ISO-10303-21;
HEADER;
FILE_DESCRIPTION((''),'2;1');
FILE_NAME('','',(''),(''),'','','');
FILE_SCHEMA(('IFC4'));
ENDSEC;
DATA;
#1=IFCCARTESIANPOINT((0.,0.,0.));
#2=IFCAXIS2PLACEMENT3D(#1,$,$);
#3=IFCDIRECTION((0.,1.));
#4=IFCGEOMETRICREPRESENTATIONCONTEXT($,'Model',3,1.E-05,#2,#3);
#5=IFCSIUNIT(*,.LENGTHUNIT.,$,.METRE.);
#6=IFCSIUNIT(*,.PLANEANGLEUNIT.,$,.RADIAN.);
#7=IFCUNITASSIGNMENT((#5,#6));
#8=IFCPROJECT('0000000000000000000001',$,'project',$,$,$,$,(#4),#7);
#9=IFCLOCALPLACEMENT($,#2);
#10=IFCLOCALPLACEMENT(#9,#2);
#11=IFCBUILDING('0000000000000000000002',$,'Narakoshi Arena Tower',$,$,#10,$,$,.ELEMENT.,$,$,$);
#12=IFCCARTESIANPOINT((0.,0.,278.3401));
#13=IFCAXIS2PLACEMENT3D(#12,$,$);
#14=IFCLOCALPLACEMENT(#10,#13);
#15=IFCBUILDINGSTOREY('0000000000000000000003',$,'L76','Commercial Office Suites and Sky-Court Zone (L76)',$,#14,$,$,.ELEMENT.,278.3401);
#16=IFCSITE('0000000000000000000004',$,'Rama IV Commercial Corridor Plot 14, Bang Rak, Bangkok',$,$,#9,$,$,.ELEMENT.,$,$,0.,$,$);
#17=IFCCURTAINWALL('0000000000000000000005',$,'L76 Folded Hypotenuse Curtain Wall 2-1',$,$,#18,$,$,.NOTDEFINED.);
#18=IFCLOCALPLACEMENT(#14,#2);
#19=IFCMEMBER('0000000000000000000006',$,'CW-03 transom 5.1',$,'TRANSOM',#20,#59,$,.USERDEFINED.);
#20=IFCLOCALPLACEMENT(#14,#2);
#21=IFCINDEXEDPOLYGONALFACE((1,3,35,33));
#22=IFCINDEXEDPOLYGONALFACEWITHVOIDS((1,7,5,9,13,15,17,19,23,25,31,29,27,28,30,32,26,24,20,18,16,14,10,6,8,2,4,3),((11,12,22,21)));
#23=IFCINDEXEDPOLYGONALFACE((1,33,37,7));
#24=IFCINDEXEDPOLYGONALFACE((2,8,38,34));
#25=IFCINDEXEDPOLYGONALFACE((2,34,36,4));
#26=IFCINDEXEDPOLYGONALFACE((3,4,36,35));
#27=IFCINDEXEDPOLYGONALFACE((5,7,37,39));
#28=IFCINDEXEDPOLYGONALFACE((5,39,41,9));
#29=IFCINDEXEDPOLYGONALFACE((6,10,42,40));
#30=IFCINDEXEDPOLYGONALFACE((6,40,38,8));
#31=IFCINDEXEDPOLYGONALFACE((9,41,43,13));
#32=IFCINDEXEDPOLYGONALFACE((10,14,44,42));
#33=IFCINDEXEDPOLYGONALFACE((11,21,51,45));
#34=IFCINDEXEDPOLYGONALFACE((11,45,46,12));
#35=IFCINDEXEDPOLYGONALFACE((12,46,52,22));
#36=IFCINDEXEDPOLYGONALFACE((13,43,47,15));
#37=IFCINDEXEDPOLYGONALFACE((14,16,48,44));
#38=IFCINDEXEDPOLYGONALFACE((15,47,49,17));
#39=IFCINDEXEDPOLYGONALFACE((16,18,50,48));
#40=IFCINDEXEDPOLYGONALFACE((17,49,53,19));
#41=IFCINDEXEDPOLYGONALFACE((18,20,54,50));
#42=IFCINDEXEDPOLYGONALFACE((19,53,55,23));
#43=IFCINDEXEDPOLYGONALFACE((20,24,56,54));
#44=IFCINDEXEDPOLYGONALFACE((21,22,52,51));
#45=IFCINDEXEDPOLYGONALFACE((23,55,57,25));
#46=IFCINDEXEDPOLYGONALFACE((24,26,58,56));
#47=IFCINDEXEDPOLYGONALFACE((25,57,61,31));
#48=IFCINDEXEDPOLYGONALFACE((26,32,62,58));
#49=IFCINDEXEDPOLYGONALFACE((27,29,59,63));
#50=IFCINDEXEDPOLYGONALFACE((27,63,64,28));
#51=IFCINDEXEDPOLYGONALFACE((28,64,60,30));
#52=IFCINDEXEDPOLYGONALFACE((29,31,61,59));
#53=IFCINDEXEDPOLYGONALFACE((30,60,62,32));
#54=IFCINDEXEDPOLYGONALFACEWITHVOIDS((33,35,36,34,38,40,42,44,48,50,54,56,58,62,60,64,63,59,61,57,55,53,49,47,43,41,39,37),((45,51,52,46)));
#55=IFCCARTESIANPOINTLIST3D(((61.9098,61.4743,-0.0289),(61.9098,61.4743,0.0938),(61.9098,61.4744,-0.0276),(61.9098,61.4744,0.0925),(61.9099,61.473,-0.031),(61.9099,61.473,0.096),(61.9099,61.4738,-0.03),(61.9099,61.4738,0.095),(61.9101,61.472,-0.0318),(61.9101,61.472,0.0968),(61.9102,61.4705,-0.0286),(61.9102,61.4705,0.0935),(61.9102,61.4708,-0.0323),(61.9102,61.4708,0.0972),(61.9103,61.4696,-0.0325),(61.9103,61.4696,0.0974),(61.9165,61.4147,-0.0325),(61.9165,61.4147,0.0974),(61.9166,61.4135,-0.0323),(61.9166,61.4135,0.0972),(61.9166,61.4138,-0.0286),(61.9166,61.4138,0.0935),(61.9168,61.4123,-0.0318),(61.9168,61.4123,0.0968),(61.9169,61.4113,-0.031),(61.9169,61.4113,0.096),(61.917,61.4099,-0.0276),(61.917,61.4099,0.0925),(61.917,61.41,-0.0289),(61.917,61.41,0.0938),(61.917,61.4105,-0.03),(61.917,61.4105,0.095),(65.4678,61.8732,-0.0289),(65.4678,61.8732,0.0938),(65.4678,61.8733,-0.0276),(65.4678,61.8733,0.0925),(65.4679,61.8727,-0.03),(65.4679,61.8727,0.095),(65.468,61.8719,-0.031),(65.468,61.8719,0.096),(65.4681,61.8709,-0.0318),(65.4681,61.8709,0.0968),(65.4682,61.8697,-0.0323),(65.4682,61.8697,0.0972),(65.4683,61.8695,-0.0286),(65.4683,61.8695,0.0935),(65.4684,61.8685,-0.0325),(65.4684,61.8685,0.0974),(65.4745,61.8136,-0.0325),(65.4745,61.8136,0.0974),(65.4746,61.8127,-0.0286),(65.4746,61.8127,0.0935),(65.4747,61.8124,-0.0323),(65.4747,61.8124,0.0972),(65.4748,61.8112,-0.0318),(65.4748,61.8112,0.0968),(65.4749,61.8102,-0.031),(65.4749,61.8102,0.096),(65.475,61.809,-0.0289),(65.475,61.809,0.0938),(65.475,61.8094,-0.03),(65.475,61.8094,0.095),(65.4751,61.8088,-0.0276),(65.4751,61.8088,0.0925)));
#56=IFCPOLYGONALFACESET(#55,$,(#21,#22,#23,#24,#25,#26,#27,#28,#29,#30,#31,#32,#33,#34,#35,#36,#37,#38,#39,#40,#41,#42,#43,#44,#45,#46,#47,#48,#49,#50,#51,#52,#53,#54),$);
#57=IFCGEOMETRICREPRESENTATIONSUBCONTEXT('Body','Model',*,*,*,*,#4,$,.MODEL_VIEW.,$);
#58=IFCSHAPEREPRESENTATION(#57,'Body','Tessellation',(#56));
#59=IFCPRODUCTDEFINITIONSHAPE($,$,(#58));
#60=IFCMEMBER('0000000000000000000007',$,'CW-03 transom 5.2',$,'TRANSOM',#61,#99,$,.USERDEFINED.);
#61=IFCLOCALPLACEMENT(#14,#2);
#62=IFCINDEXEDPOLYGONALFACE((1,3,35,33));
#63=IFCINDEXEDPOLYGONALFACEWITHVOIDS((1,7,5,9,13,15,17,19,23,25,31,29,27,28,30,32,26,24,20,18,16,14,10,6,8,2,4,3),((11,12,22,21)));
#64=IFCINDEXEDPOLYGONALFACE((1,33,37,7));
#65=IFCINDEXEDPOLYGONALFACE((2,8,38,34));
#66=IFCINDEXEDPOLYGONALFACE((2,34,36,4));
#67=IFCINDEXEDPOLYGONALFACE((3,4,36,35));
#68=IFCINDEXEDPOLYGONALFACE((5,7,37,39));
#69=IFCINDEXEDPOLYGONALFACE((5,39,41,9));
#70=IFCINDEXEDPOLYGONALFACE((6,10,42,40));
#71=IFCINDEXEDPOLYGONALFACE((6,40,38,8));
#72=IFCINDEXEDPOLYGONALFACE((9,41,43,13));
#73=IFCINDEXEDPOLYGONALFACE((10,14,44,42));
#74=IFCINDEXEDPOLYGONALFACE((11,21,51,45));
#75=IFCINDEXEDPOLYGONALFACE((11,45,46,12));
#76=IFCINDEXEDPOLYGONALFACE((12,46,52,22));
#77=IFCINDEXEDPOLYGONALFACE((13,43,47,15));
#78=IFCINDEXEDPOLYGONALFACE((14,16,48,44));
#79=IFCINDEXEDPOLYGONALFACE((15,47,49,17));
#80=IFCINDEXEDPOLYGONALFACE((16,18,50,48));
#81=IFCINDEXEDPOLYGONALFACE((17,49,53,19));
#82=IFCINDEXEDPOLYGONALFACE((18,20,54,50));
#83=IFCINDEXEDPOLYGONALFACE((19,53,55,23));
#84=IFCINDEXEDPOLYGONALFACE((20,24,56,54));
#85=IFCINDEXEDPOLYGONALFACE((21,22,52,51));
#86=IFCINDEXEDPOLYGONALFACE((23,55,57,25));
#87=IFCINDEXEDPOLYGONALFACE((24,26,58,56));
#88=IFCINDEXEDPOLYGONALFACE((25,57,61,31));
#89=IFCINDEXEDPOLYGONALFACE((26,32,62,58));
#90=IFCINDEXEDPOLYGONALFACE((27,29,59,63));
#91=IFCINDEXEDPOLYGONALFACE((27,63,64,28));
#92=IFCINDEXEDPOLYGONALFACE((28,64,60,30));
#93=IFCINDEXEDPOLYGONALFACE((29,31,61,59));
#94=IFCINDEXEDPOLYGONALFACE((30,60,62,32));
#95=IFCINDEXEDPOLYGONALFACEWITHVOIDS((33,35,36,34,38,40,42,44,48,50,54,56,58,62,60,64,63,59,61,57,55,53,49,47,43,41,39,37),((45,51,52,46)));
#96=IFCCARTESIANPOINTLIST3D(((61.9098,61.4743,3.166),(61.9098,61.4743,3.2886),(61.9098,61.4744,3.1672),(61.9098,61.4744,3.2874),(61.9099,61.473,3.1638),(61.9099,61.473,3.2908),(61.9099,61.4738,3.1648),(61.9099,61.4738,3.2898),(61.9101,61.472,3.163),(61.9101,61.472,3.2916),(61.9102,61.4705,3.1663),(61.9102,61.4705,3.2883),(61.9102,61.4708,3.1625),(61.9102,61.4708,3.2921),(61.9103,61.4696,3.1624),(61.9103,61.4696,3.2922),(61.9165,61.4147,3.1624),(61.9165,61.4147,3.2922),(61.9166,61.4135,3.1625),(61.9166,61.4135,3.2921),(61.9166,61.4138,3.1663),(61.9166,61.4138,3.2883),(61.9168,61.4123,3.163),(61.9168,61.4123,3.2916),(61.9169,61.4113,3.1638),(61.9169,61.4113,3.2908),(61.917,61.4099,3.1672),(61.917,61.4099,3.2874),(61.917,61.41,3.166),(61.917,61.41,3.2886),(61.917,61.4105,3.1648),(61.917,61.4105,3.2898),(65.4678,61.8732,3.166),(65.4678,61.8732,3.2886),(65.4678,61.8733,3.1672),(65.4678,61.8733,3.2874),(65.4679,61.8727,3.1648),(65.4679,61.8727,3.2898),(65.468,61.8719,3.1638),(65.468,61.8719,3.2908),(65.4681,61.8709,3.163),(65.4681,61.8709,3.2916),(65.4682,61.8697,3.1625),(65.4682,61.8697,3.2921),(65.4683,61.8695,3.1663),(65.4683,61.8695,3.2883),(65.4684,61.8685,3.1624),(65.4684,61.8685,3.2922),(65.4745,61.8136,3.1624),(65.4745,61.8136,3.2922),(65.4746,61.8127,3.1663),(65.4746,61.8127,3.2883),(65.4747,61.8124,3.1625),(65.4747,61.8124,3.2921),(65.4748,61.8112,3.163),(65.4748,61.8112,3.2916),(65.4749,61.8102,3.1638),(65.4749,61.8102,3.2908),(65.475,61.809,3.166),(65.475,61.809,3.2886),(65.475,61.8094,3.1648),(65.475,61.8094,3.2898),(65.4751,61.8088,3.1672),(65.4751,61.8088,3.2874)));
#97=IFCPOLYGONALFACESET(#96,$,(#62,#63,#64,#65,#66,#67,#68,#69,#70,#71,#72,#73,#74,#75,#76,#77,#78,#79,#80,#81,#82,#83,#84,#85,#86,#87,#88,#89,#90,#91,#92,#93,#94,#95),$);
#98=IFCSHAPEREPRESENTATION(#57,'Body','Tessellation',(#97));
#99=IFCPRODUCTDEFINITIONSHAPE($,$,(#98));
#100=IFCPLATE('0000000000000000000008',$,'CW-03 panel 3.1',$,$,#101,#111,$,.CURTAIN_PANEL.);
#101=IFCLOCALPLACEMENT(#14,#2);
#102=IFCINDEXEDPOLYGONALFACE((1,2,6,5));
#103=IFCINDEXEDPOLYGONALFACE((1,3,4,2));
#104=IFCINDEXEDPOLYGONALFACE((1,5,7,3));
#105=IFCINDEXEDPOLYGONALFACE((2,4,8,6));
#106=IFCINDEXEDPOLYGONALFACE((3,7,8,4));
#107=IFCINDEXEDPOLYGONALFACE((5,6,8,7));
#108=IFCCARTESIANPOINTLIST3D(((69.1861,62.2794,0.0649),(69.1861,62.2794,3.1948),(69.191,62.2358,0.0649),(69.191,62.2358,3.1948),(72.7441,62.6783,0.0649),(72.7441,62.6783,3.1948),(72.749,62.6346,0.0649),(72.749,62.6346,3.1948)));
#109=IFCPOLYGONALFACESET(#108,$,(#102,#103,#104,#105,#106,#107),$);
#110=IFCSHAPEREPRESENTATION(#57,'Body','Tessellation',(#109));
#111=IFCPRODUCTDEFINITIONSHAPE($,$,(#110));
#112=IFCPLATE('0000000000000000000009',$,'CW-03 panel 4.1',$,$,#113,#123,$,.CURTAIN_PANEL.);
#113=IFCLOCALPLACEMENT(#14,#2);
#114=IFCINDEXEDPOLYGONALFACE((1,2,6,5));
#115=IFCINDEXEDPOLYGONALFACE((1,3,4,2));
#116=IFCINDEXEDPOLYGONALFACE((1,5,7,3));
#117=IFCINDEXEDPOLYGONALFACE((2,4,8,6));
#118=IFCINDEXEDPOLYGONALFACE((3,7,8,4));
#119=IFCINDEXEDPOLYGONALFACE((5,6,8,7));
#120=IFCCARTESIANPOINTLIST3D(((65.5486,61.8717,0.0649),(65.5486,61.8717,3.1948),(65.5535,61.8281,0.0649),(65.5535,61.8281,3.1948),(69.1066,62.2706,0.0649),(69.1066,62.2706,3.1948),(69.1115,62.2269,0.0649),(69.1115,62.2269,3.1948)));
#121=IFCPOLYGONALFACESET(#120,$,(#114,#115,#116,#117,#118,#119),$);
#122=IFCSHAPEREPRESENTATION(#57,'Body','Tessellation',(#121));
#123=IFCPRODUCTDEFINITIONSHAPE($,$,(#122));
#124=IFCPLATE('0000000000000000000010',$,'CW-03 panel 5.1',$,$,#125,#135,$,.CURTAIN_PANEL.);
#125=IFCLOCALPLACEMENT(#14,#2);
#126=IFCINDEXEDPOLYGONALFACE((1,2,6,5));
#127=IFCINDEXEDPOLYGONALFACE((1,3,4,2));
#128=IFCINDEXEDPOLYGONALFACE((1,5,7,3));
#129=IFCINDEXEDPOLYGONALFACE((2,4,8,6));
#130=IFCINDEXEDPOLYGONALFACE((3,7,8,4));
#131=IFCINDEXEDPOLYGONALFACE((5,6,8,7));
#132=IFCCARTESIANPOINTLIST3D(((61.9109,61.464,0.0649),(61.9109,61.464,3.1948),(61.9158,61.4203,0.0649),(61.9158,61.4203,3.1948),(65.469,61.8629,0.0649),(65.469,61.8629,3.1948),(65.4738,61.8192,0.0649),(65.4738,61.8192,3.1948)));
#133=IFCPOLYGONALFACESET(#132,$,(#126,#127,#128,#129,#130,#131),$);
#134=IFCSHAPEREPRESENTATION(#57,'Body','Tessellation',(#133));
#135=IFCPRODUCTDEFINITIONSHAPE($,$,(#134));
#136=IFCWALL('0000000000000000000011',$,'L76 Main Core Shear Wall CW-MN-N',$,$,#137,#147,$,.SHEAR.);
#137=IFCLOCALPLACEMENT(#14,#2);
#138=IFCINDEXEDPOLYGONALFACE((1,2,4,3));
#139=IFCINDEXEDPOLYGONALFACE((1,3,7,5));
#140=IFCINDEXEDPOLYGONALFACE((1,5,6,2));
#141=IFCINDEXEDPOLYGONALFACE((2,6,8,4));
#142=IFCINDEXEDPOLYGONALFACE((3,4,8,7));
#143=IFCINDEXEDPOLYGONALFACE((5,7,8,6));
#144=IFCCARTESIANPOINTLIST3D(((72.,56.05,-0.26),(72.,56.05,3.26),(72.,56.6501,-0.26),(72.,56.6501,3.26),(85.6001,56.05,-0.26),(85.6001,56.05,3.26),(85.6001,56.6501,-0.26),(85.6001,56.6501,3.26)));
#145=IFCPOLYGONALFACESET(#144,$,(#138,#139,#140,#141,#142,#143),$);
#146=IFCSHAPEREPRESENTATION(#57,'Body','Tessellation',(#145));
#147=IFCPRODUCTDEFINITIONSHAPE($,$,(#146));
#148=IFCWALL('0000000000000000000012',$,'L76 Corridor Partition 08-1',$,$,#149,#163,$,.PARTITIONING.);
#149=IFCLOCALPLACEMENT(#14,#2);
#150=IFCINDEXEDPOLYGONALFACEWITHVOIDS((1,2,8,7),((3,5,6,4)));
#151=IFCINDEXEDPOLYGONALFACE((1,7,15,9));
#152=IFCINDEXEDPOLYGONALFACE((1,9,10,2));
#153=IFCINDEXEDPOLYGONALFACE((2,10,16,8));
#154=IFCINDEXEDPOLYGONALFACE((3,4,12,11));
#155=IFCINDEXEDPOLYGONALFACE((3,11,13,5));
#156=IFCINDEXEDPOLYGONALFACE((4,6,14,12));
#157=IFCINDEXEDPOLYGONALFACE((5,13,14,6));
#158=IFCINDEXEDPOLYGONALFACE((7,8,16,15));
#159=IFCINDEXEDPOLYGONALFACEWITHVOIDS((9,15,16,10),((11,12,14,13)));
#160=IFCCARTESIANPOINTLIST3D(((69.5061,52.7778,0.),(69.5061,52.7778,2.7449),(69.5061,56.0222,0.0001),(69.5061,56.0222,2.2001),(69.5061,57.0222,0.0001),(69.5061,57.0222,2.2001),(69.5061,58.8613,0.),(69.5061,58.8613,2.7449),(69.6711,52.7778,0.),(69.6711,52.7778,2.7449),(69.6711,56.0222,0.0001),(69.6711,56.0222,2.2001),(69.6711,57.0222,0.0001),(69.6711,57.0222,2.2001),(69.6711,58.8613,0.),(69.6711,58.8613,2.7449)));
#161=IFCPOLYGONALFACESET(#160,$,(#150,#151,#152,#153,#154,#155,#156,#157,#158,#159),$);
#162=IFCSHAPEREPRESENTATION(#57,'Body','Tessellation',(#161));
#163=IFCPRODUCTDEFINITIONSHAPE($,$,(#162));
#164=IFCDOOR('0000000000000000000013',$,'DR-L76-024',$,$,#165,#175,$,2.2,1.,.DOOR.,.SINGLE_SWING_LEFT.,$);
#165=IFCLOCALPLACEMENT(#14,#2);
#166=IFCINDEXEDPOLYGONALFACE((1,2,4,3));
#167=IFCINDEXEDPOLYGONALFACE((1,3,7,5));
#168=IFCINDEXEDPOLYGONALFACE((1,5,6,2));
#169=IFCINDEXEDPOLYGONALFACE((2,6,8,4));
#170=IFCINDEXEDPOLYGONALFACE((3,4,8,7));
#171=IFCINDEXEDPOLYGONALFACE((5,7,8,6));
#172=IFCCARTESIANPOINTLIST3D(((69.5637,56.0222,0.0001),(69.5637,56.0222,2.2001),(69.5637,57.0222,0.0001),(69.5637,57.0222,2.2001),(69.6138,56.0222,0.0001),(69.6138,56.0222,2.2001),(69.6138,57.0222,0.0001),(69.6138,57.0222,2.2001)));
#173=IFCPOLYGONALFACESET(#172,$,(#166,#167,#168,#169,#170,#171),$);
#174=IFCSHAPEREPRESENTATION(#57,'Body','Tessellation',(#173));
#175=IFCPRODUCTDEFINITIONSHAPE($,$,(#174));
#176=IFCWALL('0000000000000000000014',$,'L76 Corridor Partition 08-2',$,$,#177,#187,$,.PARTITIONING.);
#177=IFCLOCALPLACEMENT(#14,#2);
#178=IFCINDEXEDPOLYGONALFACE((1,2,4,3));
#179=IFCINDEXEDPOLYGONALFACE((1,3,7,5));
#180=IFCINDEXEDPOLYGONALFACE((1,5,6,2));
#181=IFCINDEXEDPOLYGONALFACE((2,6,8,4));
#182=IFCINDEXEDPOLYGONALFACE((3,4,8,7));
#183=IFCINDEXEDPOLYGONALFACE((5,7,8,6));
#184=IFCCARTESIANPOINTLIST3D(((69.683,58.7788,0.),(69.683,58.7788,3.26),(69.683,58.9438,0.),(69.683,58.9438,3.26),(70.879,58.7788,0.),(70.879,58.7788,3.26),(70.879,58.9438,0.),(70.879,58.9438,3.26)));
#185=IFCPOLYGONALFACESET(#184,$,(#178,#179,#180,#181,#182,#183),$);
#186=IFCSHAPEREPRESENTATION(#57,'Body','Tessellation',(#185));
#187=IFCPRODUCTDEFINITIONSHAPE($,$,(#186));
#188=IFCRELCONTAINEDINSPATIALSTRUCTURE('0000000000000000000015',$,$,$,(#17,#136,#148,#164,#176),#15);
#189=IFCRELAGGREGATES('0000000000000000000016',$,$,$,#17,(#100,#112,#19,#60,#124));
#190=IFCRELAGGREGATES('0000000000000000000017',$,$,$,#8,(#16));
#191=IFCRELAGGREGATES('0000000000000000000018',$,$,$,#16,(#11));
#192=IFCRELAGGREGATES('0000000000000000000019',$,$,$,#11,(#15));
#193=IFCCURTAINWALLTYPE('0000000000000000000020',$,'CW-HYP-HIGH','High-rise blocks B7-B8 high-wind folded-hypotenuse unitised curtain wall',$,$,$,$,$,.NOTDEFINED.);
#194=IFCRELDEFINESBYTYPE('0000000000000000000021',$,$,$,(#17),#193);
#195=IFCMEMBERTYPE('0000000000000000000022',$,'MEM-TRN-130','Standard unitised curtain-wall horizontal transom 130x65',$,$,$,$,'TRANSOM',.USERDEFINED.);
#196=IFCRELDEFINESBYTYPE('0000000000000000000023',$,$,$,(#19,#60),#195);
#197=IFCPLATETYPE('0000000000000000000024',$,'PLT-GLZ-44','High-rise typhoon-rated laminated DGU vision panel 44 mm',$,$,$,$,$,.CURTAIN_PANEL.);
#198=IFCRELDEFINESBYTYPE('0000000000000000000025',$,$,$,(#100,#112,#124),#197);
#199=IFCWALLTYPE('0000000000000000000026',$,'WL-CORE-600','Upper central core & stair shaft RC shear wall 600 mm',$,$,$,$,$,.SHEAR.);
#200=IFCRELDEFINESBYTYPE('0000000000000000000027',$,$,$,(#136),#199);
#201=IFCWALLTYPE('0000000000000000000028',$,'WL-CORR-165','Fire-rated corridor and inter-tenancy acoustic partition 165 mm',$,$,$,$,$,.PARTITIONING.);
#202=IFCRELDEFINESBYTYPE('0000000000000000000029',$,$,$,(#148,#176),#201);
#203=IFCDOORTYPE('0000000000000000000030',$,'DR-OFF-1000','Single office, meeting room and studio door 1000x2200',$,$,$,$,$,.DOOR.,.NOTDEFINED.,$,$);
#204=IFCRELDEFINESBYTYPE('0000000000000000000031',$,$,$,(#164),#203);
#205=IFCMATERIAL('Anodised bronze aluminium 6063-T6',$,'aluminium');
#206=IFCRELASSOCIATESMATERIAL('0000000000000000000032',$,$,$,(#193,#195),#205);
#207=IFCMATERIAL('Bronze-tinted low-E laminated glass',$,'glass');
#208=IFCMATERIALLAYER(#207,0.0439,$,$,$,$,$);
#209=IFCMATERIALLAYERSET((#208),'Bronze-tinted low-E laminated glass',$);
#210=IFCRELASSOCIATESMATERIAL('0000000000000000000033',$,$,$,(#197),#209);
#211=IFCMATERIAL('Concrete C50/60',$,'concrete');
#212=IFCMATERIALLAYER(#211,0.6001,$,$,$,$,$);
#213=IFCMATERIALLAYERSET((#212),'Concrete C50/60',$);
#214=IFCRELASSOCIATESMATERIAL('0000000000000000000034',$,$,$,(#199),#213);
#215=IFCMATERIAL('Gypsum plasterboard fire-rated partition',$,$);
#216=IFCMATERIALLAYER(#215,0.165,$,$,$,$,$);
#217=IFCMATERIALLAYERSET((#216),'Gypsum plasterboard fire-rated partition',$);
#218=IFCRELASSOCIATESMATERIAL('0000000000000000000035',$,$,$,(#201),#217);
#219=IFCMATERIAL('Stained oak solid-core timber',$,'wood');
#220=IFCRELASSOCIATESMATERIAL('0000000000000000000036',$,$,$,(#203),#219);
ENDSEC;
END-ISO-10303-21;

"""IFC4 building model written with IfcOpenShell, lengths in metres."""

from ifc_helpers import new_model, si_unit, direction, frame, frame_2d, origin, origin_2d, place, context, subcontext, project, spatial, rectangle, hollow_rectangle, extrude, material, layer, layer_set, material_profile, profile_set, type_object, element, fill, aggregate, save


model = new_model("IFC4")

# Units and contexts
model_context = context("Model", 3, precision=1e-05, world=origin(), true_north=direction((0.0, 1.0)))
body_context = subcontext(model_context, "Body", "Model", "MODEL_VIEW")
ifc_project = project(units=[si_unit("LENGTHUNIT", "METRE"), si_unit("PLANEANGLEUNIT", "RADIAN")], contexts=[model_context])

# Site, building, storey
site_placement = place(None, origin())
site = spatial("IfcSite", under=ifc_project, at=site_placement, Name="Rama IV Commercial Corridor Plot 14, Bang Rak, Bangkok", CompositionType="ELEMENT", RefElevation=0.0)
building_placement = place(site_placement, origin())
building = spatial("IfcBuilding", under=site, at=building_placement, Name="Narakoshi Arena Tower", CompositionType="ELEMENT")
storey_placement = place(building_placement, frame((0.0, 0.0, 278.3401)))
storey = spatial("IfcBuildingStorey", under=building, at=storey_placement, Name="L76", Description="Commercial Office Suites and Sky-Court Zone (L76)", CompositionType="ELEMENT", Elevation=278.3401)

# Shared definitions
ifc_material_1 = material(Name="Concrete C50/60", Category="concrete")

# Curtain wall, members, plates
ifc_material_2 = material(Name="Anodised bronze aluminium 6063-T6", Category="aluminium")
curtain_wall_type = type_object("IfcCurtainWallType", Name="CW-HYP-HIGH", Description="High-rise blocks B7-B8 high-wind folded-hypotenuse unitised curtain wall", PredefinedType="NOTDEFINED", material=ifc_material_2)
curtain_wall_placement = place(storey_placement, origin())
curtain_wall = element("IfcCurtainWall", 1, at=curtain_wall_placement, inside=storey, type_object=curtain_wall_type, Name="L76 Folded Hypotenuse Curtain Wall 2-1", PredefinedType="NOTDEFINED")
ifc_material_profile_1 = material_profile(ifc_material_2, hollow_rectangle(XDim=0.0649, YDim=0.1299, WallThickness=0.0039, OuterFilletRadius=0.0049, at=origin_2d()), Name="TRN130x65x4")
ifc_profile_set_1 = profile_set([ifc_material_profile_1], Name="Anodised bronze aluminium 6063-T6")
member_type_1 = type_object("IfcMemberType", Name="MEM-TRN-130", Description="Standard unitised curtain-wall horizontal transom 130x65", ElementType="TRANSOM", PredefinedType="USERDEFINED", material=ifc_profile_set_1)
member_1_placement = place(storey_placement, frame((65.4714, 61.8411, 0.0325), z_axis=(-0.993773, -0.111419, 0.0), x_axis=(0.111419, -0.993773, 0.0)))
member_1 = element("IfcMember", 2, at=member_1_placement, type_object=member_type_1, Name="CW-03 transom 5.1", ObjectType="TRANSOM", PredefinedType="USERDEFINED", context=body_context, shape_type="SweptSolid", body=[
    extrude(hollow_rectangle(XDim=0.0649, YDim=0.1299, WallThickness=0.0039, OuterFilletRadius=0.0049, at=origin_2d()), origin(), (0.0, 0.0, 1.0), 3.5803),
])
member_2_placement = place(storey_placement, frame((65.4714, 61.8411, 3.2273), z_axis=(-0.993773, -0.111419, 0.0), x_axis=(0.111419, -0.993773, 0.0)))
member_2 = element("IfcMember", 3, at=member_2_placement, type_object=member_type_1, Name="CW-03 transom 5.2", ObjectType="TRANSOM", PredefinedType="USERDEFINED", context=body_context, shape_type="SweptSolid", body=[
    extrude(hollow_rectangle(XDim=0.0649, YDim=0.1299, WallThickness=0.0039, OuterFilletRadius=0.0049, at=origin_2d()), origin(), (0.0, 0.0, 1.0), 3.5803),
])
ifc_material_3 = material(Name="Bronze-tinted low-E laminated glass", Category="glass")
ifc_layer_1 = layer(ifc_material_3, 0.0439)
ifc_layer_set_1 = layer_set([ifc_layer_1], Name="Bronze-tinted low-E laminated glass")
plate_type = type_object("IfcPlateType", Name="PLT-GLZ-44", Description="High-rise typhoon-rated laminated DGU vision panel 44 mm", PredefinedType="CURTAIN_PANEL", material=ifc_layer_set_1)
plate_1_placement = place(storey_placement, frame((70.9675, 62.457, 0.0649), z_axis=(0.0, 0.0, 1.0), x_axis=(-0.993776, -0.111396, 0.0)))
plate_1 = element("IfcPlate", 4, at=plate_1_placement, type_object=plate_type, Name="CW-03 panel 3.1", PredefinedType="CURTAIN_PANEL", context=body_context, shape_type="SweptSolid", body=[
    extrude(rectangle(XDim=3.5803, YDim=0.0439, at=origin_2d()), origin(), (0.0, 0.0, 1.0), 3.1299),
])
plate_2_placement = place(storey_placement, frame((67.3301, 62.0493, 0.0649), z_axis=(0.0, 0.0, 1.0), x_axis=(-0.993776, -0.111396, 0.0)))
plate_2 = element("IfcPlate", 5, at=plate_2_placement, type_object=plate_type, Name="CW-03 panel 4.1", PredefinedType="CURTAIN_PANEL", context=body_context, shape_type="SweptSolid", body=[
    extrude(rectangle(XDim=3.5803, YDim=0.0439, at=origin_2d()), origin(), (0.0, 0.0, 1.0), 3.1299),
])
plate_3_placement = place(storey_placement, frame((63.6924, 61.6416, 0.0649), z_axis=(0.0, 0.0, 1.0), x_axis=(-0.993776, -0.111396, 0.0)))
plate_3 = element("IfcPlate", 6, at=plate_3_placement, type_object=plate_type, Name="CW-03 panel 5.1", PredefinedType="CURTAIN_PANEL", context=body_context, shape_type="SweptSolid", body=[
    extrude(rectangle(XDim=3.5803, YDim=0.0439, at=origin_2d()), origin(), (0.0, 0.0, 1.0), 3.1299),
])
aggregate(curtain_wall, [plate_1, plate_2, member_1, member_2, plate_3])

# Wall
ifc_layer_2 = layer(ifc_material_1, 0.6001)
ifc_layer_set_2 = layer_set([ifc_layer_2], Name="Concrete C50/60")
wall_type_1 = type_object("IfcWallType", Name="WL-CORE-600", Description="Upper central core & stair shaft RC shear wall 600 mm", PredefinedType="SHEAR", material=ifc_layer_set_2)
wall_1_placement = place(storey_placement, frame((72.0, 56.3501, -0.26), z_axis=(0.0, 0.0, 1.0), x_axis=(1.0, 0.0, 0.0)))
element("IfcWall", 7, at=wall_1_placement, inside=storey, type_object=wall_type_1, Name="L76 Main Core Shear Wall CW-MN-N", PredefinedType="SHEAR", context=body_context, shape_type="SweptSolid", body=[
    extrude(rectangle(XDim=13.6001, YDim=0.6001, at=frame_2d((6.8, 0.0))), origin(), (0.0, 0.0, 1.0), 3.52),
])

# Wall, opening, door
ifc_material_4 = material(Name="Gypsum plasterboard fire-rated partition")
ifc_layer_3 = layer(ifc_material_4, 0.165)
ifc_layer_set_3 = layer_set([ifc_layer_3], Name="Gypsum plasterboard fire-rated partition")
wall_type_2 = type_object("IfcWallType", Name="WL-CORR-165", Description="Fire-rated corridor and inter-tenancy acoustic partition 165 mm", PredefinedType="PARTITIONING", material=ifc_layer_set_3)
wall_2_placement = place(storey_placement, frame((69.5886, 58.8613, 0.0), z_axis=(0.0, 0.0, 1.0), x_axis=(0.0, -1.0, 0.0)))
wall_2 = element("IfcWall", 8, at=wall_2_placement, inside=storey, type_object=wall_type_2, Name="L76 Corridor Partition 08-1", PredefinedType="PARTITIONING", context=body_context, shape_type="SweptSolid", body=[
    extrude(rectangle(XDim=6.0835, YDim=0.165, at=frame_2d((3.0417, 0.0))), origin(), (0.0, 0.0, 1.0), 2.7449),
])
opening_1_placement = place(wall_2_placement, frame((1.8391, 0.0, 0.0)))
opening_1 = element("IfcOpeningElement", 9, at=opening_1_placement, cuts=wall_2, PredefinedType="OPENING", context=body_context, shape_type="SweptSolid", body=[
    extrude(rectangle(XDim=1.0, YDim=2.2, at=frame_2d((0.5, 1.1001))), frame((0.0, 0.0925, 0.0), z_axis=(0.0, -1.0, 0.0), x_axis=(1.0, 0.0, 0.0)), (0.0, 0.0, 1.0), 0.1851),
])
ifc_material_5 = material(Name="Stained oak solid-core timber", Category="wood")
door_type_1 = type_object("IfcDoorType", Name="DR-OFF-1000", Description="Single office, meeting room and studio door 1000x2200", OperationType="NOTDEFINED", PredefinedType="DOOR", material=ifc_material_5)
door_1_placement = place(opening_1_placement, frame((1.0, 0.0, 0.0), z_axis=(0.0, 0.0, 1.0), x_axis=(-1.0, 0.0, 0.0)))
door_1 = element("IfcDoor", 10, at=door_1_placement, inside=storey, type_object=door_type_1, Name="DR-L76-024", OperationType="SINGLE_SWING_LEFT", OverallHeight=2.2, OverallWidth=1.0, PredefinedType="DOOR", context=body_context, shape_type="SweptSolid", body=[
    extrude(rectangle(XDim=1.0, YDim=2.2, at=frame_2d((0.5, 1.1001))), frame((0.0, 0.0249, 0.0), z_axis=(0.0, -1.0, 0.0), x_axis=(1.0, 0.0, 0.0)), (0.0, 0.0, 1.0), 0.05),
])
fill(opening_1, door_1)

# Wall
wall_3_placement = place(storey_placement, frame((70.8792, 58.8613, 0.0), z_axis=(0.0, 0.0, 1.0), x_axis=(-1.0, 0.0, 0.0)))
element("IfcWall", 11, at=wall_3_placement, inside=storey, type_object=wall_type_2, Name="L76 Corridor Partition 08-2", PredefinedType="PARTITIONING", context=body_context, shape_type="SweptSolid", body=[
    extrude(rectangle(XDim=1.196, YDim=0.165, at=frame_2d((0.5981, 0.0))), origin(), (0.0, 0.0, 1.0), 3.26),
])

save(model, "model.ifc")
